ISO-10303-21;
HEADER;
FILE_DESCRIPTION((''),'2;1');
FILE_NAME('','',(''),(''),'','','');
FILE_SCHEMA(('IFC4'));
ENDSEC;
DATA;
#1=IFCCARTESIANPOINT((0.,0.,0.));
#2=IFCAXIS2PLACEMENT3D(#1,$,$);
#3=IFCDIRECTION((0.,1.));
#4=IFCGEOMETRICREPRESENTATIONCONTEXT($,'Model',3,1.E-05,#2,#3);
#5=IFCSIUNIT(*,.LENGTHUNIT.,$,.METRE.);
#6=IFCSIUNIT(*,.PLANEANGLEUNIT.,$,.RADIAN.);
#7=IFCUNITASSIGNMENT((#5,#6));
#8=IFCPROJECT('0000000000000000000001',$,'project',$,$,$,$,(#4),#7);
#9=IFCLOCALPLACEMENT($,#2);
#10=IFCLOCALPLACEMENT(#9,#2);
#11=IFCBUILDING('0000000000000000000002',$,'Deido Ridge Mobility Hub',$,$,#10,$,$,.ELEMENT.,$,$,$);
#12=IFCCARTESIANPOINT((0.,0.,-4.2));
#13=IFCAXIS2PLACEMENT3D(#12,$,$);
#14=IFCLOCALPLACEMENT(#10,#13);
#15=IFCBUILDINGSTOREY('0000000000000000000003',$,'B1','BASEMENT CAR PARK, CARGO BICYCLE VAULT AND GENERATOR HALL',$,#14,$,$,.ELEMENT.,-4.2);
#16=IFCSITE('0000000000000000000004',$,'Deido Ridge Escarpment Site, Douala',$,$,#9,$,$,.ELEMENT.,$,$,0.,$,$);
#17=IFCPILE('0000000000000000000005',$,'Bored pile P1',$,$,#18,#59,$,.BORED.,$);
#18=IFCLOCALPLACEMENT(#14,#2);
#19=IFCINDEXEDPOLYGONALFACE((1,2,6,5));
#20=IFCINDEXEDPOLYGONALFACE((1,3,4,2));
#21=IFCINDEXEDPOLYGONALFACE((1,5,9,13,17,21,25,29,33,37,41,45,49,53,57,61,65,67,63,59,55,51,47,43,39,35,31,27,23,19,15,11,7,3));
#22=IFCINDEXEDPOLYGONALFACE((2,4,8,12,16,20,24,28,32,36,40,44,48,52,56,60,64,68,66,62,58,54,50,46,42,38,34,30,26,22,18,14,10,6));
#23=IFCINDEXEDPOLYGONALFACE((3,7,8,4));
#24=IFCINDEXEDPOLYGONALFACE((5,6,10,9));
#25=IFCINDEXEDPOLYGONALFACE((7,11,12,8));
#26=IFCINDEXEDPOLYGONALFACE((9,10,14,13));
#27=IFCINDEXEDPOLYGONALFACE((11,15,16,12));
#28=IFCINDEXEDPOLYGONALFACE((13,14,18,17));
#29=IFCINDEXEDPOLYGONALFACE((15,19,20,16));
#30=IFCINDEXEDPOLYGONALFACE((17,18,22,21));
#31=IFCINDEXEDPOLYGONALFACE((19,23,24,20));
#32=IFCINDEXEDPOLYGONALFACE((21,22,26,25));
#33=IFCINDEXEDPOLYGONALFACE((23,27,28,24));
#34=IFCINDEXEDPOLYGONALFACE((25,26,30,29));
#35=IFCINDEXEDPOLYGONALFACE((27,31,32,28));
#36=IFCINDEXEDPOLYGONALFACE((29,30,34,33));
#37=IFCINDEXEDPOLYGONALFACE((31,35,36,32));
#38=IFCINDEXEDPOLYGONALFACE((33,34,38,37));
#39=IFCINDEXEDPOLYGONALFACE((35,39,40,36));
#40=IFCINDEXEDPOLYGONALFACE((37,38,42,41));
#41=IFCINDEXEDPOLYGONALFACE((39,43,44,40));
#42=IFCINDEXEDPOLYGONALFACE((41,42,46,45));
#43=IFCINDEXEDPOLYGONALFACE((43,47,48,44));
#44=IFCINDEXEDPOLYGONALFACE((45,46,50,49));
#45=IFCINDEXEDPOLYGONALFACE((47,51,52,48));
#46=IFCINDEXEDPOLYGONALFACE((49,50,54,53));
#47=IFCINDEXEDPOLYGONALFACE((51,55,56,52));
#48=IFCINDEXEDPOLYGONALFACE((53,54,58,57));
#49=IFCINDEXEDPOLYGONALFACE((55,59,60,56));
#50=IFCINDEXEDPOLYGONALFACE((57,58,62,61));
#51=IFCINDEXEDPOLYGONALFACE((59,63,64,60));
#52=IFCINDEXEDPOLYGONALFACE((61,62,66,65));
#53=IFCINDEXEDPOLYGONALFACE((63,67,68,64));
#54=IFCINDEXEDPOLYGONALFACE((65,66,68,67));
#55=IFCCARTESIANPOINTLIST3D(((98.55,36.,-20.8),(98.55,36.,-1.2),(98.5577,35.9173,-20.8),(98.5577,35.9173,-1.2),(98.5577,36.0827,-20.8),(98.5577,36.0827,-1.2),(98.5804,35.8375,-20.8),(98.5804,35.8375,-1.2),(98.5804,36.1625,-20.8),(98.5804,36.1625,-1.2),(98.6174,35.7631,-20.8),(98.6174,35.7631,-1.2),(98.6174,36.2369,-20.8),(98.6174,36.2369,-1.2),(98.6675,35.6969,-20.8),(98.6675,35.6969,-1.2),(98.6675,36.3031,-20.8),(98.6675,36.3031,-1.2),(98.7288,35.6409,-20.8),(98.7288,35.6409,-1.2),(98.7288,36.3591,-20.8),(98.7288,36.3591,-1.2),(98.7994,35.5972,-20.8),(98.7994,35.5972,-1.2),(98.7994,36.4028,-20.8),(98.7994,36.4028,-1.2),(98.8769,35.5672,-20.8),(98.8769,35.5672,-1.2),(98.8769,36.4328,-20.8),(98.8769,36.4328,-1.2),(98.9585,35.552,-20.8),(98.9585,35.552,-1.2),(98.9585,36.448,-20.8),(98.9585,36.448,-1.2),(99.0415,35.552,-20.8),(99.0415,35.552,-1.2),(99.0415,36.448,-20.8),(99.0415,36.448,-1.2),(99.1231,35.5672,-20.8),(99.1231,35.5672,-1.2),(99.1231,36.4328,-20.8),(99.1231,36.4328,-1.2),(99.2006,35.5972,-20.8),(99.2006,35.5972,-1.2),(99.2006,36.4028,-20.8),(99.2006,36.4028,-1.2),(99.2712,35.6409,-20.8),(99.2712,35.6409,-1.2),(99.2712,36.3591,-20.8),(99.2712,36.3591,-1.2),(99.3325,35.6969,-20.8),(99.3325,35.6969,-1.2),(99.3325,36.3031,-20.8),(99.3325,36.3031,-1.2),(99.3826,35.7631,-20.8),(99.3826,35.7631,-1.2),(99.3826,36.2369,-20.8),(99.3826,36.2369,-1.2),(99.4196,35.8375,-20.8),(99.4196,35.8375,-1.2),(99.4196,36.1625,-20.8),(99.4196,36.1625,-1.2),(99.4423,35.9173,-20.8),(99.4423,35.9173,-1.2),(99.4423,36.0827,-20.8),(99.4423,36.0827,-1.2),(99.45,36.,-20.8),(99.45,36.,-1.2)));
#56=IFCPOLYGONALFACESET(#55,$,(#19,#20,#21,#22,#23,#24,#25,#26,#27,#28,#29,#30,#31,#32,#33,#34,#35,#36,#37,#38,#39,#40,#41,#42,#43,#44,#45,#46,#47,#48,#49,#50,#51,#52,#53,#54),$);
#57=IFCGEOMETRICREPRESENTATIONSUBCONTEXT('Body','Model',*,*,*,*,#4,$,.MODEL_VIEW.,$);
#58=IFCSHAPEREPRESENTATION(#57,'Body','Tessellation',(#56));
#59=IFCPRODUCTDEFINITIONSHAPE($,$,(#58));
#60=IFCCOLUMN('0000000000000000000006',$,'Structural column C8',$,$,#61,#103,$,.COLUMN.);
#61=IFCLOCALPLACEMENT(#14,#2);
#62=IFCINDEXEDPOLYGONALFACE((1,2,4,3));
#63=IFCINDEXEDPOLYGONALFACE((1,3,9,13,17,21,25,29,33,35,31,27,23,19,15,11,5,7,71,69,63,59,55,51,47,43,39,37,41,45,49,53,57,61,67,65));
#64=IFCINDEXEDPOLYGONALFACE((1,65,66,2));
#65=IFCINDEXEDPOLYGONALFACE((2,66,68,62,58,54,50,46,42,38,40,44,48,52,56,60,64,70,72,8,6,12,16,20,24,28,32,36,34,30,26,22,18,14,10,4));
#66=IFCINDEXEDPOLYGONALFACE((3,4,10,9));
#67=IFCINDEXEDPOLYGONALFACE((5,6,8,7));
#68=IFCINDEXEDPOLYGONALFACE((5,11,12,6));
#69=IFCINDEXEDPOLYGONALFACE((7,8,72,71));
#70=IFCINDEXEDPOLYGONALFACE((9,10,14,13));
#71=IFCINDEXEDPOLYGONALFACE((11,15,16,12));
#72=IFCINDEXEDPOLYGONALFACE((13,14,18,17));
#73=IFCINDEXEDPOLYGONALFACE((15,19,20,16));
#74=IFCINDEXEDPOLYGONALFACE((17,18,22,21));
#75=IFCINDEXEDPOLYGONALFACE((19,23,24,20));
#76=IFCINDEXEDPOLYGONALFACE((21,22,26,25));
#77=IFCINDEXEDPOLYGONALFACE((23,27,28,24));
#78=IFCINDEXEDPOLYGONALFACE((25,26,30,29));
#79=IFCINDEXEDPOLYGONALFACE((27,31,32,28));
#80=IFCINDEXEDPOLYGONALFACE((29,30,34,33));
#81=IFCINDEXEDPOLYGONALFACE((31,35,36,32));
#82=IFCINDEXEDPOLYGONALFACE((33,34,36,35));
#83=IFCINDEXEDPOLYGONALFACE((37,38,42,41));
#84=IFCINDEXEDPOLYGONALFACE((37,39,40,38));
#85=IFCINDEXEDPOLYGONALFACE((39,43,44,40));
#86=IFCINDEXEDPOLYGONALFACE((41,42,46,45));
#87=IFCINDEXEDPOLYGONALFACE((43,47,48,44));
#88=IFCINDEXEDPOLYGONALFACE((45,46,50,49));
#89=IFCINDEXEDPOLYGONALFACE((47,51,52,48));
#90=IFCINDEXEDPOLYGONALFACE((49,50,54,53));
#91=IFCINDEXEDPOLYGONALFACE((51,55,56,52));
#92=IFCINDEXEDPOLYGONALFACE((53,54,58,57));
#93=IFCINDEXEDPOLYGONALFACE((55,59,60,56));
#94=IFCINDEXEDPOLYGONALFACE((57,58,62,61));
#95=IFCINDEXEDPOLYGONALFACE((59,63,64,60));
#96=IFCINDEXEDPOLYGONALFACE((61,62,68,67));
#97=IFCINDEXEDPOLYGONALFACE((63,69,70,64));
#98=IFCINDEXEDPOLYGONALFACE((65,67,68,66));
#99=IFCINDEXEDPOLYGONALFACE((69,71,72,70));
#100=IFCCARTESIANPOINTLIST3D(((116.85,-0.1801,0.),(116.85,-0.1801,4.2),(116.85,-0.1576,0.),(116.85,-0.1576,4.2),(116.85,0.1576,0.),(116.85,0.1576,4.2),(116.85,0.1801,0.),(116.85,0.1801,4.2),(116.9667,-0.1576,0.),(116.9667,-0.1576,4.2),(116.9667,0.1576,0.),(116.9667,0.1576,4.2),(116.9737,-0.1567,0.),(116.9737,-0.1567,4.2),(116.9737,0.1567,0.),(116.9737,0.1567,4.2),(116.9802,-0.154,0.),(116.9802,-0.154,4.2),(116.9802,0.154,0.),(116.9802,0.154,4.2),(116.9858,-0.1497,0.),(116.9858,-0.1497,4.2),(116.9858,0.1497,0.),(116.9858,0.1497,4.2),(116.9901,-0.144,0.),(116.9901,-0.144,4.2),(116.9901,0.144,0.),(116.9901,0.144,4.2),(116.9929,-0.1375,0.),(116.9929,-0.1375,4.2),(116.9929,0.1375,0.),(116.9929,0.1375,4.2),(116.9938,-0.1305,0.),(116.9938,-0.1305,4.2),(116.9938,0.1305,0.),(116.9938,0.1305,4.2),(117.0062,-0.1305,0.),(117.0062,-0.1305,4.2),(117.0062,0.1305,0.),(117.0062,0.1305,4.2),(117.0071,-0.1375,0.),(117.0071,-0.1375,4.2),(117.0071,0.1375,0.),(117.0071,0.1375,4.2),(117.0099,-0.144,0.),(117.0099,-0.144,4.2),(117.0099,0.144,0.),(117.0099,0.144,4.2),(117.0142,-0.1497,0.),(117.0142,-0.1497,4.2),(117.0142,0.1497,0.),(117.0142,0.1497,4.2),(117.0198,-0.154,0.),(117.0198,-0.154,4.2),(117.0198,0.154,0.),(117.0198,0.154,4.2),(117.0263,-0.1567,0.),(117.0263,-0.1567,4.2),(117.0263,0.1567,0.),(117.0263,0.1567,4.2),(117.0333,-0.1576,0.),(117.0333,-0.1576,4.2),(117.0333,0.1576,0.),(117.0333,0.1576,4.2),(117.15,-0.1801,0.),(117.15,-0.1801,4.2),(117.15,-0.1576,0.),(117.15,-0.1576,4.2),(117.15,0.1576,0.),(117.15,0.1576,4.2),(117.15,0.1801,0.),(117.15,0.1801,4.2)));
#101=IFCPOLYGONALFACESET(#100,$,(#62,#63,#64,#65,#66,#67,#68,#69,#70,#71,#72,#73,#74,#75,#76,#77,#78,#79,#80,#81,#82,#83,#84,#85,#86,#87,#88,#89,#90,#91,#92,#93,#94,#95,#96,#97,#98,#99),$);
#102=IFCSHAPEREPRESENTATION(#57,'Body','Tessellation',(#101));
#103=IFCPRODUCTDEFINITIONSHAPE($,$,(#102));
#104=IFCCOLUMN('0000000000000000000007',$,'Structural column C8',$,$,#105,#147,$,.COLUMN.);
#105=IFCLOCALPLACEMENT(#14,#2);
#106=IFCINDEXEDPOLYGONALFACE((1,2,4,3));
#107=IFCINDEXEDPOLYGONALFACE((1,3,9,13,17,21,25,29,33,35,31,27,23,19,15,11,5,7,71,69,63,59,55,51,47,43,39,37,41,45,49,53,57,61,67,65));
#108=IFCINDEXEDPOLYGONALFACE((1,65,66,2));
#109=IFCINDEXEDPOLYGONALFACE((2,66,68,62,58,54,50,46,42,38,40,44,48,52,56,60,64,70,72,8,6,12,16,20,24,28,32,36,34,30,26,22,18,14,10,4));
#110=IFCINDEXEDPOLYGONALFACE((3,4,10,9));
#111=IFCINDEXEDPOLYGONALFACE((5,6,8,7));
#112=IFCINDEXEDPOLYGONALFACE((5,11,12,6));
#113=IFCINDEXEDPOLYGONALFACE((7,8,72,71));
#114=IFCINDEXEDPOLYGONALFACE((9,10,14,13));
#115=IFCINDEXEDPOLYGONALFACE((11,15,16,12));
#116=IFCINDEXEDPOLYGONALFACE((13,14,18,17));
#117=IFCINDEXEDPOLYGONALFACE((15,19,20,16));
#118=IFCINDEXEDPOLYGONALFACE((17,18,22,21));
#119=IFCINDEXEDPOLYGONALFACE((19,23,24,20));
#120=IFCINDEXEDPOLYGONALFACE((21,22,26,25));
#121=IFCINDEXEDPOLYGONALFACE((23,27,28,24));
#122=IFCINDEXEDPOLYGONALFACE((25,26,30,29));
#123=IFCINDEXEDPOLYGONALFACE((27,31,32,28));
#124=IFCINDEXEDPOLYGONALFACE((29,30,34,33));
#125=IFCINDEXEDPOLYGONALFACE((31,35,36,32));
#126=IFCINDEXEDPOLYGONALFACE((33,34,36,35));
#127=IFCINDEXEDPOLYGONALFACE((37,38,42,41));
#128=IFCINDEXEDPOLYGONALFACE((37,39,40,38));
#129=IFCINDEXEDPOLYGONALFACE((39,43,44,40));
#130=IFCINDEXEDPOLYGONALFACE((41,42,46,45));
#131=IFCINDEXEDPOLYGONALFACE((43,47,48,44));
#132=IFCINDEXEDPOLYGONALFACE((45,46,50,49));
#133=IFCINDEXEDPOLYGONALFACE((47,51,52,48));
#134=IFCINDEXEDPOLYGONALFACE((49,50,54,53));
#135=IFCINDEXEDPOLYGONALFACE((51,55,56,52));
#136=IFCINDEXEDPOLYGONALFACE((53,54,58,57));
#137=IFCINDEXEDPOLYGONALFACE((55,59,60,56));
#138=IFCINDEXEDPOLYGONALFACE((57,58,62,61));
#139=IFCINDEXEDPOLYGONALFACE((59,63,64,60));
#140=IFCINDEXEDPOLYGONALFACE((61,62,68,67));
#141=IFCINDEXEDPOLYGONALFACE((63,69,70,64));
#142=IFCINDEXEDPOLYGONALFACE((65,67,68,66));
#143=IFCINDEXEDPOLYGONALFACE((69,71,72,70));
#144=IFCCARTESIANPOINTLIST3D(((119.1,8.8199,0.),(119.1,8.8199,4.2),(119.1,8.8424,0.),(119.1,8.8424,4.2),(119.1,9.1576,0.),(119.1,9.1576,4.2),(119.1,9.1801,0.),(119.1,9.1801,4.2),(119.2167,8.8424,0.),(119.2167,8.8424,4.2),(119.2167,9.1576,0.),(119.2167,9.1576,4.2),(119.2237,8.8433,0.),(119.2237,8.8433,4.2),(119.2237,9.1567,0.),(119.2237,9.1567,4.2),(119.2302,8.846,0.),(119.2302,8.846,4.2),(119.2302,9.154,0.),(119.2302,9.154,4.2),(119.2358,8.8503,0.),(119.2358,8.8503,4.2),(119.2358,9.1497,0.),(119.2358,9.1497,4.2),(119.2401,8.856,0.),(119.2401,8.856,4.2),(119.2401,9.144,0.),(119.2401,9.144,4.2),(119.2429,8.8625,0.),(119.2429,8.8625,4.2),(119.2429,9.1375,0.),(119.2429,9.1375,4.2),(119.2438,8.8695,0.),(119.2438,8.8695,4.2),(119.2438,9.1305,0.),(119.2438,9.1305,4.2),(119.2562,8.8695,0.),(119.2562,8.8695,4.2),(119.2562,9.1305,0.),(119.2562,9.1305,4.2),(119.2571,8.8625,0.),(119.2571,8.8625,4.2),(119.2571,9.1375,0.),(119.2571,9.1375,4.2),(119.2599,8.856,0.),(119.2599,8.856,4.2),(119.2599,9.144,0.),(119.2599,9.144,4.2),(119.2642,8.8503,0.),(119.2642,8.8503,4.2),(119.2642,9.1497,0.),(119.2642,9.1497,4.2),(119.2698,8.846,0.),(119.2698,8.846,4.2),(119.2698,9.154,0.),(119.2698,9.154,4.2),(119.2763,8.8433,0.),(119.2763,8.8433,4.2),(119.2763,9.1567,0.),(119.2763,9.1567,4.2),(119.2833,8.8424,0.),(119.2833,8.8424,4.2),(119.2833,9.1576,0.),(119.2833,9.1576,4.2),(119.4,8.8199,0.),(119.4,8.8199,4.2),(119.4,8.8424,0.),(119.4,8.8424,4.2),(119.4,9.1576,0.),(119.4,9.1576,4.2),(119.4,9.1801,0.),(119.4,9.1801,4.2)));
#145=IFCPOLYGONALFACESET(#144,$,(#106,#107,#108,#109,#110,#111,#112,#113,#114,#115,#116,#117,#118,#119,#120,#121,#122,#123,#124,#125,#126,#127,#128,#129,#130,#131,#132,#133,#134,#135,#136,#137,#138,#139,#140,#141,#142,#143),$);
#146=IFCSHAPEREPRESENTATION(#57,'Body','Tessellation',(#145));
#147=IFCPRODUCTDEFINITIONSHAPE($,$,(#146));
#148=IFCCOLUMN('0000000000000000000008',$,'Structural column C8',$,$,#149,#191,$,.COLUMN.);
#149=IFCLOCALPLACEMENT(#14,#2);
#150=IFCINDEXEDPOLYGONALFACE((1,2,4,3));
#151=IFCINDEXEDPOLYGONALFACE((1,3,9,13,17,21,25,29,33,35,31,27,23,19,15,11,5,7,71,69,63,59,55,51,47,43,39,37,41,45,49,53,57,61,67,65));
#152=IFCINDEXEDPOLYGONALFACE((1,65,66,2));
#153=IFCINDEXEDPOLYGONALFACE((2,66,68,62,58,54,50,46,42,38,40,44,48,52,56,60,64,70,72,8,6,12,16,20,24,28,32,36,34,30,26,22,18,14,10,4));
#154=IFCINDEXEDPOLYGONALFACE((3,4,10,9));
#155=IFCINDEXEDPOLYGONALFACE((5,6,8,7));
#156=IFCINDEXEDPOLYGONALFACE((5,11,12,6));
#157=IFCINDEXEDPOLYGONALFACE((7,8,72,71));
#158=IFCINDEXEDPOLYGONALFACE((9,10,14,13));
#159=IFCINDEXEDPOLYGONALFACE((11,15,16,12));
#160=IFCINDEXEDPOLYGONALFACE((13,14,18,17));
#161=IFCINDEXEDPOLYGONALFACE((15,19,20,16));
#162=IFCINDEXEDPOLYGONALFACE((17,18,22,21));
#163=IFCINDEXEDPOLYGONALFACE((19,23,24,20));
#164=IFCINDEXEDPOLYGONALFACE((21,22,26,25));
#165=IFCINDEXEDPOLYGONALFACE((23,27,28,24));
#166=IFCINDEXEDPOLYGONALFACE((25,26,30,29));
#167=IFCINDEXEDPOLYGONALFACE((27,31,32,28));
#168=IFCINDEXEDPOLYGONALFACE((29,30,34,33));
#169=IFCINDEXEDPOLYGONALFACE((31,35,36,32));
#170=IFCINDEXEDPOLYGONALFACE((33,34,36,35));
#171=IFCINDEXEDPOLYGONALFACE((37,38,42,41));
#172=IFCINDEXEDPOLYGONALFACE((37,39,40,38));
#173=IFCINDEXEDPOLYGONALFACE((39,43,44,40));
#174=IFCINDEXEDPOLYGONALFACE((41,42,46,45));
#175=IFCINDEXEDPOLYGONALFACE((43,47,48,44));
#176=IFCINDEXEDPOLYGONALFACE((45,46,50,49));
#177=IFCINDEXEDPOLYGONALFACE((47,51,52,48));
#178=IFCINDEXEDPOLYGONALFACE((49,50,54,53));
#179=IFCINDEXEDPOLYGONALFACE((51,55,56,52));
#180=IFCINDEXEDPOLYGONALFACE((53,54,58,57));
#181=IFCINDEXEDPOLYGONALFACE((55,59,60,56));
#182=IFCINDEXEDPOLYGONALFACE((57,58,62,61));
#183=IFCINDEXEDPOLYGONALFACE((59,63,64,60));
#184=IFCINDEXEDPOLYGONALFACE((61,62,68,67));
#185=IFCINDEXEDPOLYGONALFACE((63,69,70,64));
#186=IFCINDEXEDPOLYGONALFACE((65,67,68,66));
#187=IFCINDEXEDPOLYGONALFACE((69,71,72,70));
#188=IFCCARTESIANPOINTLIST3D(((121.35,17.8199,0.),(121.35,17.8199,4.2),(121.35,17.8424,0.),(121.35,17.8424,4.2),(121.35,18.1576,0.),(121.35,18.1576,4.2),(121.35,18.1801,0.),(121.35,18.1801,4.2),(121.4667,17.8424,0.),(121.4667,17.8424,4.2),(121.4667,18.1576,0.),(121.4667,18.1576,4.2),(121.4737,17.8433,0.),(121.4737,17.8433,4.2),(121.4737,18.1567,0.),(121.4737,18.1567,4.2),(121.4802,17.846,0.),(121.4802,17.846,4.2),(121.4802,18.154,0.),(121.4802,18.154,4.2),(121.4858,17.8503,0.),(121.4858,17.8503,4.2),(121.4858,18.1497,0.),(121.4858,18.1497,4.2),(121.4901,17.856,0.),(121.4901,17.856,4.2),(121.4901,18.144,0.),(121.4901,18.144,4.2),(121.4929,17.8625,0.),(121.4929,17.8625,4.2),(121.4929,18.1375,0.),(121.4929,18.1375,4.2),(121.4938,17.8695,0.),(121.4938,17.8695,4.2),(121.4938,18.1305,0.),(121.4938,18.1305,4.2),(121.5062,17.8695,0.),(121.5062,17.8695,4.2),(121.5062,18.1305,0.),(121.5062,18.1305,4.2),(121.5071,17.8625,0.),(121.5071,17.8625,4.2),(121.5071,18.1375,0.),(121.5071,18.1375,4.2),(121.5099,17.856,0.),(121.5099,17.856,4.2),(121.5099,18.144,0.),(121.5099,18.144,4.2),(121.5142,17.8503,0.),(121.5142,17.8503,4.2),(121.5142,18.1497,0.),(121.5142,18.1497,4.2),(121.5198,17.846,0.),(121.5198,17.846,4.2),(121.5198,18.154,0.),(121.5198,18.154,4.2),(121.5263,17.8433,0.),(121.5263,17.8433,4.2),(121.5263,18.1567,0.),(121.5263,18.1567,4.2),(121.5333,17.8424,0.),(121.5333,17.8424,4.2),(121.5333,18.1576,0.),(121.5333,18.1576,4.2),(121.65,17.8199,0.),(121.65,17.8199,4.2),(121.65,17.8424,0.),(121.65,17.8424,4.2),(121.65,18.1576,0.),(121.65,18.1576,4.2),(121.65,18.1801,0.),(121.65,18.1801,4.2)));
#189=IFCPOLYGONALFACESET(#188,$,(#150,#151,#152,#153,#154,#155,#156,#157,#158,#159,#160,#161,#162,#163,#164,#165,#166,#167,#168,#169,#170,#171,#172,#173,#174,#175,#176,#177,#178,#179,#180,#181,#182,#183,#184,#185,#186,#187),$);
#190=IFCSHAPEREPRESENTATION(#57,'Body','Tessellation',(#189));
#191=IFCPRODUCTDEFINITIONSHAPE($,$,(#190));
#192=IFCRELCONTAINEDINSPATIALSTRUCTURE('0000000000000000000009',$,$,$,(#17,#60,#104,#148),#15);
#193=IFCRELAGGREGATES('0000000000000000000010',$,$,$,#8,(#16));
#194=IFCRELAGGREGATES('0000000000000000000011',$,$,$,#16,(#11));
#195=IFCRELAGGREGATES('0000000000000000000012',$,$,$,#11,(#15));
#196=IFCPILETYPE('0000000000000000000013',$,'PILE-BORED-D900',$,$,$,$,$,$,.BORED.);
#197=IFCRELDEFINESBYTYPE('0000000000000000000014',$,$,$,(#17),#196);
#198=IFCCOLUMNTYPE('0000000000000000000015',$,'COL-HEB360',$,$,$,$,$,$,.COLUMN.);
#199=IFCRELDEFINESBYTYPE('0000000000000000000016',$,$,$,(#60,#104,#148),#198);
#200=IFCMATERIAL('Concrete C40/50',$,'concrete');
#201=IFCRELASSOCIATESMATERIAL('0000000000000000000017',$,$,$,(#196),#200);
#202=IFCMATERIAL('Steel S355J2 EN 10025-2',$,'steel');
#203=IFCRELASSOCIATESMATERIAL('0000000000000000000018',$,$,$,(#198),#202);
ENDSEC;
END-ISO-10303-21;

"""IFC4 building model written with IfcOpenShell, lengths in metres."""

from ifc_helpers import new_model, si_unit, direction, frame, origin, origin_2d, place, context, subcontext, project, spatial, circle, i_section, extrude, material, material_profile, profile_set, type_object, element, save


model = new_model("IFC4")

# Units and contexts
model_context = context("Model", 3, precision=1e-05, world=origin(), true_north=direction((0.0, 1.0)))
body_context = subcontext(model_context, "Body", "Model", "MODEL_VIEW")
ifc_project = project(units=[si_unit("LENGTHUNIT", "METRE"), si_unit("PLANEANGLEUNIT", "RADIAN")], contexts=[model_context])

# Site, building, storey
site_placement = place(None, origin())
site = spatial("IfcSite", under=ifc_project, at=site_placement, Name="Deido Ridge Escarpment Site, Douala", CompositionType="ELEMENT", RefElevation=0.0)
building_placement = place(site_placement, origin())
building = spatial("IfcBuilding", under=site, at=building_placement, Name="Deido Ridge Mobility Hub", CompositionType="ELEMENT")
storey_placement = place(building_placement, frame((0.0, 0.0, -4.2)))
storey = spatial("IfcBuildingStorey", under=building, at=storey_placement, Name="B1", Description="BASEMENT CAR PARK, CARGO BICYCLE VAULT AND GENERATOR HALL", CompositionType="ELEMENT", Elevation=-4.2)

# Shared definitions
ifc_material_1 = material(Name="Concrete C40/50", Category="concrete")

# Pile
ifc_material_profile_1 = material_profile(ifc_material_1, circle(Radius=0.45, at=origin_2d()), Name="BORED PILE D900")
ifc_profile_set_1 = profile_set([ifc_material_profile_1], Name="Concrete C40/50")
pile_type_1 = type_object("IfcPileType", Name="PILE-BORED-D900", PredefinedType="BORED", material=ifc_profile_set_1)
pile_1_placement = place(storey_placement, frame((99.0, 36.0, -1.2), z_axis=(0.0, 0.0, -1.0), x_axis=(1.0, 0.0, 0.0)))
element("IfcPile", 1, at=pile_1_placement, inside=storey, type_object=pile_type_1, Name="Bored pile P1", PredefinedType="BORED", context=body_context, shape_type="SweptSolid", body=[
    extrude(circle(Radius=0.45, at=origin_2d()), origin(), (0.0, 0.0, 1.0), 19.6001),
])

# Columns
ifc_material_2 = material(Name="Steel S355J2 EN 10025-2", Category="steel")
ifc_material_profile_2 = material_profile(ifc_material_2, i_section(OverallWidth=0.3, OverallDepth=0.3601, WebThickness=0.0125, FlangeThickness=0.0225, FilletRadius=0.0271, at=origin_2d()), Name="HEB 360")
ifc_profile_set_2 = profile_set([ifc_material_profile_2], Name="Steel S355J2 EN 10025-2")
column_type_1 = type_object("IfcColumnType", Name="COL-HEB360", PredefinedType="COLUMN", material=ifc_profile_set_2)
for number, where, z_axis, x_axis, name in (
    (2, (117.0, 0.0, 0.0), (0.0, 0.0, 1.0), (1.0, 0.0, 0.0), "Structural column C8"),
    (3, (119.25, 9.0, 0.0), (0.0, 0.0, 1.0), (1.0, 0.0, 0.0), "Structural column C8"),
    (4, (121.5, 18.0, 0.0), (0.0, 0.0, 1.0), (1.0, 0.0, 0.0), "Structural column C8"),
):
    element("IfcColumn", number, at=place(storey_placement, frame(where, z_axis=z_axis, x_axis=x_axis)), inside=storey, type_object=column_type_1, Name=name, PredefinedType="COLUMN", context=body_context, shape_type="SweptSolid", body=[
        extrude(i_section(OverallWidth=0.3, OverallDepth=0.3601, WebThickness=0.0125, FlangeThickness=0.0225, FilletRadius=0.0271, at=origin_2d()), origin(), (0.0, 0.0, 1.0), 4.2),
    ])

save(model, "model.ifc")
